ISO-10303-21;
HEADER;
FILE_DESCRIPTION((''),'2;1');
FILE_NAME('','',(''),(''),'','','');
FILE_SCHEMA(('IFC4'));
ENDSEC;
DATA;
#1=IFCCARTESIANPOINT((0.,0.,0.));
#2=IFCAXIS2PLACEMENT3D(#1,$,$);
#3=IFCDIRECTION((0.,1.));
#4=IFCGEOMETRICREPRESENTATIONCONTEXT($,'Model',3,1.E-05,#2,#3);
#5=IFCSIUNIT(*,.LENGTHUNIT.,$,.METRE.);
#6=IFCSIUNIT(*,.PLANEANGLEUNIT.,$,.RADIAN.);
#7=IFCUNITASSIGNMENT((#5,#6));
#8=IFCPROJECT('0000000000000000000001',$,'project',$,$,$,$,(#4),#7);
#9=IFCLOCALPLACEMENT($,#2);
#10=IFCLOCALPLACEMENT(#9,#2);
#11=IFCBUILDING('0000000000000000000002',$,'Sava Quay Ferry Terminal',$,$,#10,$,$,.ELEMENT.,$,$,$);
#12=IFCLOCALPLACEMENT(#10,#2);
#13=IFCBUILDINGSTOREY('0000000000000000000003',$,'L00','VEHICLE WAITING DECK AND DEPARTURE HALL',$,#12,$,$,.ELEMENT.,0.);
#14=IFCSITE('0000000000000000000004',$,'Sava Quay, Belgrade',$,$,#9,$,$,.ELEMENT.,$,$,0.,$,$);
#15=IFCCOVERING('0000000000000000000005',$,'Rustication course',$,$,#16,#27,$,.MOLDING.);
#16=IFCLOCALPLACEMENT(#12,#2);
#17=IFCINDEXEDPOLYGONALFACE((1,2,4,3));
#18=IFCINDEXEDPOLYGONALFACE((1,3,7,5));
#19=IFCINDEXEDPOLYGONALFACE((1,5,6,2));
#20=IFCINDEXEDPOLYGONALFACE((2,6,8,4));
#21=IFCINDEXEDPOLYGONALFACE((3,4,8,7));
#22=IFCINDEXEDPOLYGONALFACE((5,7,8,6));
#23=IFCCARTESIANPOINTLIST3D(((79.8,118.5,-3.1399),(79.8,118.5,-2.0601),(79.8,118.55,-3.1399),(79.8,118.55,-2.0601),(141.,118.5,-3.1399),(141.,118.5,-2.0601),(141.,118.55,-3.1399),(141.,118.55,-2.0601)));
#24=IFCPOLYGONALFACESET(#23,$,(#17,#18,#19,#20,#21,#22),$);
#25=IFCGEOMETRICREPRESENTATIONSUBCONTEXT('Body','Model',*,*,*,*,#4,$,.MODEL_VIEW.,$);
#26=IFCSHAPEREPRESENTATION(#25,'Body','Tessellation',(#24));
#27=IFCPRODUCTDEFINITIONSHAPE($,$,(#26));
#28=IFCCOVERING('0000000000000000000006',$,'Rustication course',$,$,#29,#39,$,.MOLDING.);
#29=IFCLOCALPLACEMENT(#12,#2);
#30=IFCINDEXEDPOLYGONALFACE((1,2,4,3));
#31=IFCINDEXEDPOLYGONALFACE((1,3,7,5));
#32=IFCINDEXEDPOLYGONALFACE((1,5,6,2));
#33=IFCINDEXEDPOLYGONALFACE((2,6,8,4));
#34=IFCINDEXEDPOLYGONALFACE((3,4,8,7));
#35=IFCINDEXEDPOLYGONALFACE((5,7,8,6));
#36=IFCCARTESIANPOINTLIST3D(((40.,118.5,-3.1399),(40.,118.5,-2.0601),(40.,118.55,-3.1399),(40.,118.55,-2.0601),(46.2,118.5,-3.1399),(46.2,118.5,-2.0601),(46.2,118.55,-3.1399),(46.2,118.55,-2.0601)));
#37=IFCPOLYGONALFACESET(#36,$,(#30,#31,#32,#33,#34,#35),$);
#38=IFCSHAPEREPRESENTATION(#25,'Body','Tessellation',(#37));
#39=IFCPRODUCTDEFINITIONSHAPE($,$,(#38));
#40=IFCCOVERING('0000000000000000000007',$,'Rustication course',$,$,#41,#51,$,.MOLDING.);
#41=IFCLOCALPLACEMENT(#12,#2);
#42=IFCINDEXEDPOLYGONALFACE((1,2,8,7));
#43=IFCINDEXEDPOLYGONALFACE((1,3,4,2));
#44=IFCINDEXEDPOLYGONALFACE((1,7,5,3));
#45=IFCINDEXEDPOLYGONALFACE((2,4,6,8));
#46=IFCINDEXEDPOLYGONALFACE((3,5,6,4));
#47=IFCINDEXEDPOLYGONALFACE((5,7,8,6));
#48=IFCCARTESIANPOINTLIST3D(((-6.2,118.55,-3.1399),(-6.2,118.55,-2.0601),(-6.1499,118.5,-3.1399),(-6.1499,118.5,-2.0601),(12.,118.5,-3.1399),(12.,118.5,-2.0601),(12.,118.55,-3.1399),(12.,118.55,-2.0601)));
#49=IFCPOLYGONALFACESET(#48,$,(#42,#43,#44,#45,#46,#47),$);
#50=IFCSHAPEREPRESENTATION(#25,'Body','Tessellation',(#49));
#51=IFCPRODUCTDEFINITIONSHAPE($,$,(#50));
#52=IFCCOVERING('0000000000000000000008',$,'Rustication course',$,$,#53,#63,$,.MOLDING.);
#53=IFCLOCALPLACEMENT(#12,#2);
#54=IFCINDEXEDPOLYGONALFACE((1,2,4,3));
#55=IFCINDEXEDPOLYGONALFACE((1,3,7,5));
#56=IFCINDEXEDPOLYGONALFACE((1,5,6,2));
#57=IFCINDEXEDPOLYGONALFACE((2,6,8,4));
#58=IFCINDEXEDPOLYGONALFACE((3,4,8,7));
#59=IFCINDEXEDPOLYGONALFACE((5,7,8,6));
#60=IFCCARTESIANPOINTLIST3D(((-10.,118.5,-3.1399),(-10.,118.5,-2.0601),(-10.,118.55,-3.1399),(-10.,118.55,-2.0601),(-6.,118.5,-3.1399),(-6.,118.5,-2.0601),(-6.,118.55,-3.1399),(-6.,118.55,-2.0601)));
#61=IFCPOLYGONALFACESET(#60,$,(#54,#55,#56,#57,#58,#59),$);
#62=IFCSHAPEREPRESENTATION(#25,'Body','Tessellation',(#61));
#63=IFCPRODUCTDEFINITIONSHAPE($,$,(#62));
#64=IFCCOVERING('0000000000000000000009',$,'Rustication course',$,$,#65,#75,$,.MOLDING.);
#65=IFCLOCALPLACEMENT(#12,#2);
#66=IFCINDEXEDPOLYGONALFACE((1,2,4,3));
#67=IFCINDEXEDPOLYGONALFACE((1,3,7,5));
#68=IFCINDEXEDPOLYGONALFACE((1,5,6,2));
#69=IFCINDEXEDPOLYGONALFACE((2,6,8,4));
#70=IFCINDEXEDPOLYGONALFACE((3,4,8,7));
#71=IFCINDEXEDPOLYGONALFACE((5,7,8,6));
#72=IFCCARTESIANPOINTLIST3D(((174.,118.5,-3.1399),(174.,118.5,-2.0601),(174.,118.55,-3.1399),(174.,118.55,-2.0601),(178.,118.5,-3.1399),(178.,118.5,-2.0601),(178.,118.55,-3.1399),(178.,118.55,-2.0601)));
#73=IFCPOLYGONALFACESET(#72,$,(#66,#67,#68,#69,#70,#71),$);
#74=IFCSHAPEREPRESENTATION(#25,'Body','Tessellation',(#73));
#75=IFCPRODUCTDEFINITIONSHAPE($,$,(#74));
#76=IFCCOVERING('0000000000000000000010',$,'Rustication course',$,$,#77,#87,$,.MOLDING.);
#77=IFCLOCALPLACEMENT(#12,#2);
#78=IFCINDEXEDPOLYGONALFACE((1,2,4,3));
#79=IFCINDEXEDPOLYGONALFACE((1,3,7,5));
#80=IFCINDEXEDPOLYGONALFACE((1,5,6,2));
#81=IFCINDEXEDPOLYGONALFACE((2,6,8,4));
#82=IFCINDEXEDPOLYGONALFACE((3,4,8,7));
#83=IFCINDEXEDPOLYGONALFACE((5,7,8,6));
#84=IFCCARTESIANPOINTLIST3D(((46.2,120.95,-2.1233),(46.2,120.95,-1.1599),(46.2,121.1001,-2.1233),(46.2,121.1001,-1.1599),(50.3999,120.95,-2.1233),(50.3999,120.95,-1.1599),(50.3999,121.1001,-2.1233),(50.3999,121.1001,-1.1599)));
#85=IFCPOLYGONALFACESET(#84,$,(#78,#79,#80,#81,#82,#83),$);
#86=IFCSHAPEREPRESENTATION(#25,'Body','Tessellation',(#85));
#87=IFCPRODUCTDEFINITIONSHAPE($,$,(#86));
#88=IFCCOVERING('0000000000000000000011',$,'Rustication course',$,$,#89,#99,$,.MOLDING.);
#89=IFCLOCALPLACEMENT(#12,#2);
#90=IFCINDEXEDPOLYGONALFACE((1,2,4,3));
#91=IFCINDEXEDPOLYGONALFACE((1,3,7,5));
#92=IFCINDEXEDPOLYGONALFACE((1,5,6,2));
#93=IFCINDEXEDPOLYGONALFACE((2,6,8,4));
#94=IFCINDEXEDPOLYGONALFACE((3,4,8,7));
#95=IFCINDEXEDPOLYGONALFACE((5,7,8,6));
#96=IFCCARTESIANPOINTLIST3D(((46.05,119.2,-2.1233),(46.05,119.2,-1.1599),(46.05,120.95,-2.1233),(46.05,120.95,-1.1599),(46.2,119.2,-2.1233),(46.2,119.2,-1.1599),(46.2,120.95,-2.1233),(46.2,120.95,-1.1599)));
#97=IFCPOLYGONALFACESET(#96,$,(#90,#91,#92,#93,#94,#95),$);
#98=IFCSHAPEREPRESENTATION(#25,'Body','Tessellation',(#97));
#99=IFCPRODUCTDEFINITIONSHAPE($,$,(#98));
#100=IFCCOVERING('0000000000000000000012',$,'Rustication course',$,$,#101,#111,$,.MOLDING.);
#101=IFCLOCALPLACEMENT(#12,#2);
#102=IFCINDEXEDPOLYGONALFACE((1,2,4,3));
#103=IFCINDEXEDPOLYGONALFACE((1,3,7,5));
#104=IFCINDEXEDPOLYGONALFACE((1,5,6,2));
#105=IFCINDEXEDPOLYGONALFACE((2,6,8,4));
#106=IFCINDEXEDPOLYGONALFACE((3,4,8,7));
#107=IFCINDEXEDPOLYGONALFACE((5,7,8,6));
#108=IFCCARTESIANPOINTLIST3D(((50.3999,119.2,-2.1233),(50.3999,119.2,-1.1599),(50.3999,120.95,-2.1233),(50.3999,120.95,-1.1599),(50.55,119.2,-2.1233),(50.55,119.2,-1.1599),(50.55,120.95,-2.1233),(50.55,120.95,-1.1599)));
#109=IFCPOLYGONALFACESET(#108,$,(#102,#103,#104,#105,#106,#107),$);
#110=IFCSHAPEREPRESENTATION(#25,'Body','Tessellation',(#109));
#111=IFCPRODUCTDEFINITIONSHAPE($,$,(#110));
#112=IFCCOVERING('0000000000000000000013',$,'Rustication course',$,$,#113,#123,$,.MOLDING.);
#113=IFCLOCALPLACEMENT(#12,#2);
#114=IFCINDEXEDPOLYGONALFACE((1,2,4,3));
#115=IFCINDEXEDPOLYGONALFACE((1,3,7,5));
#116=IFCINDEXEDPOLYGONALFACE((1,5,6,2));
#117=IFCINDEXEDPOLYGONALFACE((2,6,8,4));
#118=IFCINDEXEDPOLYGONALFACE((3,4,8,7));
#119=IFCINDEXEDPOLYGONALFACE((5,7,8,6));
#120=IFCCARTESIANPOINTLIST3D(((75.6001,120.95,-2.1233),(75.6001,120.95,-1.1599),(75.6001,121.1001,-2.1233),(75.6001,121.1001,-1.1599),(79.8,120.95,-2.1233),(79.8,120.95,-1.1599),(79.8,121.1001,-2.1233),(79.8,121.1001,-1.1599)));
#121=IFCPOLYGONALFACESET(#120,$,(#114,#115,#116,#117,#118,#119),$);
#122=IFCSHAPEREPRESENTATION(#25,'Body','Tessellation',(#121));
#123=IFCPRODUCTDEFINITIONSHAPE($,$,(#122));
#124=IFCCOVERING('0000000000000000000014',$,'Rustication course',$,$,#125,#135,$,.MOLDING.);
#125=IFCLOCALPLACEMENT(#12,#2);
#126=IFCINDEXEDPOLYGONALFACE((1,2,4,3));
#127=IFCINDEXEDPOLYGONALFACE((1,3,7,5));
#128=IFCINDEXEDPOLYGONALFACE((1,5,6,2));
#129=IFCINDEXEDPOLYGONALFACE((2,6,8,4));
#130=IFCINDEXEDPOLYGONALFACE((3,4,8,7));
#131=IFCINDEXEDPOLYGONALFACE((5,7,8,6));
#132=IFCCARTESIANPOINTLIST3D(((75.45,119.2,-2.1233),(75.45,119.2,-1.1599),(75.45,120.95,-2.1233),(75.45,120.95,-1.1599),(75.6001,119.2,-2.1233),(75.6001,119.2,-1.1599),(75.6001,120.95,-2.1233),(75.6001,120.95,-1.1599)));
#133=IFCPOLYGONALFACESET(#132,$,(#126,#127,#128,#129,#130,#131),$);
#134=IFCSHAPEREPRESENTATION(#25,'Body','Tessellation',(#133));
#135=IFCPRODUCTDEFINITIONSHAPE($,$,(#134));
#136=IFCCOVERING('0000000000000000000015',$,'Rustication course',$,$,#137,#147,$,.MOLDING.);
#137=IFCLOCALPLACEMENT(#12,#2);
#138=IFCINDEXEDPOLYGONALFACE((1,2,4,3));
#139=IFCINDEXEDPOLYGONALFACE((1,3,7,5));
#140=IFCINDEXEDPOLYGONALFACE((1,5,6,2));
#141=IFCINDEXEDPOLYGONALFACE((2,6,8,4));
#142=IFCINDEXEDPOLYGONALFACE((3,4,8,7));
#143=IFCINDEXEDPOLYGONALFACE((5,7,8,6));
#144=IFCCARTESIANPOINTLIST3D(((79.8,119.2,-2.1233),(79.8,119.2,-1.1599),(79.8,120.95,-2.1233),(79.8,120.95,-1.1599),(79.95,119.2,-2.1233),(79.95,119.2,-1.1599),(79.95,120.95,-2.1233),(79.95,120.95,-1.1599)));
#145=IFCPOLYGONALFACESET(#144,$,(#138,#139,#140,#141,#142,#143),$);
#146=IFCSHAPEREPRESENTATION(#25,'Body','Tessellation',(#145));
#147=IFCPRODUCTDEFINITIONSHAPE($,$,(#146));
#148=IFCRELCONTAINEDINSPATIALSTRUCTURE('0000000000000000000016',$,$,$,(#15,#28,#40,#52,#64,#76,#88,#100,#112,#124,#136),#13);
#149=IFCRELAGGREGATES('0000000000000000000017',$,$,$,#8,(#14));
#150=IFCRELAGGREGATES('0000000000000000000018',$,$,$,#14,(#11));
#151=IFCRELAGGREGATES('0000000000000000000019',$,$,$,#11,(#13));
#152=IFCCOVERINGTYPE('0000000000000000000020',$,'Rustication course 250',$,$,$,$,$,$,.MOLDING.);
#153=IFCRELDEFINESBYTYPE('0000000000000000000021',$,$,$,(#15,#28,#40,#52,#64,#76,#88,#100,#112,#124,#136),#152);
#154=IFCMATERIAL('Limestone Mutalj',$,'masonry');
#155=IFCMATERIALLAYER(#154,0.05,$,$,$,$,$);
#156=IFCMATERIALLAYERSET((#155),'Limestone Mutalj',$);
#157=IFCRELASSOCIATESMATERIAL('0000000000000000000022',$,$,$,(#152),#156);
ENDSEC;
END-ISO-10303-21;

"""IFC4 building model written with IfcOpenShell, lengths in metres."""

from ifc_helpers import new_model, si_unit, direction, frame, origin, place, context, subcontext, project, spatial, polyline, outline, extrude, material, layer, layer_set, type_object, element, save


model = new_model("IFC4")

# Units and contexts
model_context = context("Model", 3, precision=1e-05, world=origin(), true_north=direction((0.0, 1.0)))
body_context = subcontext(model_context, "Body", "Model", "MODEL_VIEW")
ifc_project = project(units=[si_unit("LENGTHUNIT", "METRE"), si_unit("PLANEANGLEUNIT", "RADIAN")], contexts=[model_context])

# Site, building, storey
site_placement = place(None, origin())
site = spatial("IfcSite", under=ifc_project, at=site_placement, Name="Sava Quay, Belgrade", CompositionType="ELEMENT", RefElevation=0.0)
building_placement = place(site_placement, origin())
building = spatial("IfcBuilding", under=site, at=building_placement, Name="Sava Quay Ferry Terminal", CompositionType="ELEMENT")
storey_placement = place(building_placement, origin())
storey = spatial("IfcBuildingStorey", under=building, at=storey_placement, Name="L00", Description="VEHICLE WAITING DECK AND DEPARTURE HALL", CompositionType="ELEMENT", Elevation=0.0)

# Coverings
ifc_material_1 = material(Name="Limestone Mutalj", Category="masonry")
ifc_layer_1 = layer(ifc_material_1, 0.05)
ifc_layer_set_1 = layer_set([ifc_layer_1], Name="Limestone Mutalj")
covering_type = type_object("IfcCoveringType", Name="Rustication course 250", PredefinedType="MOLDING", material=ifc_layer_set_1)
covering_1_placement = place(storey_placement, frame((0.0, 0.0, -3.1399)))
element("IfcCovering", 1, at=covering_1_placement, inside=storey, type_object=covering_type, Name="Rustication course", PredefinedType="MOLDING", context=body_context, shape_type="SweptSolid", body=[
    extrude(outline(polyline([(141.0, 118.55), (79.8, 118.55), (79.8, 118.5), (141.0, 118.5), (141.0, 118.55)])), origin(), (0.0, 0.0, 1.0), 1.0798),
])
covering_2_placement = place(storey_placement, frame((0.0, 0.0, -3.1399)))
element("IfcCovering", 2, at=covering_2_placement, inside=storey, type_object=covering_type, Name="Rustication course", PredefinedType="MOLDING", context=body_context, shape_type="SweptSolid", body=[
    extrude(outline(polyline([(46.2, 118.55), (40.0, 118.55), (40.0, 118.5), (46.2, 118.5), (46.2, 118.55)])), origin(), (0.0, 0.0, 1.0), 1.0798),
])
covering_3_placement = place(storey_placement, frame((0.0, 0.0, -3.1399)))
element("IfcCovering", 3, at=covering_3_placement, inside=storey, type_object=covering_type, Name="Rustication course", PredefinedType="MOLDING", context=body_context, shape_type="SweptSolid", body=[
    extrude(outline(polyline([(12.0, 118.55), (-6.2, 118.55), (-6.1499, 118.5), (12.0, 118.5), (12.0, 118.55)])), origin(), (0.0, 0.0, 1.0), 1.0798),
])
covering_4_placement = place(storey_placement, frame((0.0, 0.0, -3.1399)))
element("IfcCovering", 4, at=covering_4_placement, inside=storey, type_object=covering_type, Name="Rustication course", PredefinedType="MOLDING", context=body_context, shape_type="SweptSolid", body=[
    extrude(outline(polyline([(-6.0, 118.5), (-6.0, 118.55), (-10.0, 118.55), (-10.0, 118.5), (-6.0, 118.5)])), origin(), (0.0, 0.0, 1.0), 1.0798),
])
covering_5_placement = place(storey_placement, frame((0.0, 0.0, -3.1399)))
element("IfcCovering", 5, at=covering_5_placement, inside=storey, type_object=covering_type, Name="Rustication course", PredefinedType="MOLDING", context=body_context, shape_type="SweptSolid", body=[
    extrude(outline(polyline([(178.0, 118.5), (178.0, 118.55), (174.0, 118.55), (174.0, 118.5), (178.0, 118.5)])), origin(), (0.0, 0.0, 1.0), 1.0798),
])
covering_6_placement = place(storey_placement, frame((0.0, 0.0, -2.1233)))
element("IfcCovering", 6, at=covering_6_placement, inside=storey, type_object=covering_type, Name="Rustication course", PredefinedType="MOLDING", context=body_context, shape_type="SweptSolid", body=[
    extrude(outline(polyline([(46.2, 120.95), (50.3999, 120.95), (50.3999, 121.1001), (46.2, 121.1001), (46.2, 120.95)])), origin(), (0.0, 0.0, 1.0), 0.9634),
])
covering_7_placement = place(storey_placement, frame((0.0, 0.0, -2.1233)))
element("IfcCovering", 7, at=covering_7_placement, inside=storey, type_object=covering_type, Name="Rustication course", PredefinedType="MOLDING", context=body_context, shape_type="SweptSolid", body=[
    extrude(outline(polyline([(46.05, 119.2), (46.2, 119.2), (46.2, 120.95), (46.05, 120.95), (46.05, 119.2)])), origin(), (0.0, 0.0, 1.0), 0.9634),
])
covering_8_placement = place(storey_placement, frame((0.0, 0.0, -2.1233)))
element("IfcCovering", 8, at=covering_8_placement, inside=storey, type_object=covering_type, Name="Rustication course", PredefinedType="MOLDING", context=body_context, shape_type="SweptSolid", body=[
    extrude(outline(polyline([(50.3999, 119.2), (50.55, 119.2), (50.55, 120.95), (50.3999, 120.95), (50.3999, 119.2)])), origin(), (0.0, 0.0, 1.0), 0.9634),
])
covering_9_placement = place(storey_placement, frame((0.0, 0.0, -2.1233)))
element("IfcCovering", 9, at=covering_9_placement, inside=storey, type_object=covering_type, Name="Rustication course", PredefinedType="MOLDING", context=body_context, shape_type="SweptSolid", body=[
    extrude(outline(polyline([(75.6001, 120.95), (79.8, 120.95), (79.8, 121.1001), (75.6001, 121.1001), (75.6001, 120.95)])), origin(), (0.0, 0.0, 1.0), 0.9634),
])
covering_10_placement = place(storey_placement, frame((0.0, 0.0, -2.1233)))
element("IfcCovering", 10, at=covering_10_placement, inside=storey, type_object=covering_type, Name="Rustication course", PredefinedType="MOLDING", context=body_context, shape_type="SweptSolid", body=[
    extrude(outline(polyline([(75.45, 119.2), (75.6001, 119.2), (75.6001, 120.95), (75.45, 120.95), (75.45, 119.2)])), origin(), (0.0, 0.0, 1.0), 0.9634),
])
covering_11_placement = place(storey_placement, frame((0.0, 0.0, -2.1233)))
element("IfcCovering", 11, at=covering_11_placement, inside=storey, type_object=covering_type, Name="Rustication course", PredefinedType="MOLDING", context=body_context, shape_type="SweptSolid", body=[
    extrude(outline(polyline([(79.8, 119.2), (79.95, 119.2), (79.95, 120.95), (79.8, 120.95), (79.8, 119.2)])), origin(), (0.0, 0.0, 1.0), 0.9634),
])

save(model, "model.ifc")
